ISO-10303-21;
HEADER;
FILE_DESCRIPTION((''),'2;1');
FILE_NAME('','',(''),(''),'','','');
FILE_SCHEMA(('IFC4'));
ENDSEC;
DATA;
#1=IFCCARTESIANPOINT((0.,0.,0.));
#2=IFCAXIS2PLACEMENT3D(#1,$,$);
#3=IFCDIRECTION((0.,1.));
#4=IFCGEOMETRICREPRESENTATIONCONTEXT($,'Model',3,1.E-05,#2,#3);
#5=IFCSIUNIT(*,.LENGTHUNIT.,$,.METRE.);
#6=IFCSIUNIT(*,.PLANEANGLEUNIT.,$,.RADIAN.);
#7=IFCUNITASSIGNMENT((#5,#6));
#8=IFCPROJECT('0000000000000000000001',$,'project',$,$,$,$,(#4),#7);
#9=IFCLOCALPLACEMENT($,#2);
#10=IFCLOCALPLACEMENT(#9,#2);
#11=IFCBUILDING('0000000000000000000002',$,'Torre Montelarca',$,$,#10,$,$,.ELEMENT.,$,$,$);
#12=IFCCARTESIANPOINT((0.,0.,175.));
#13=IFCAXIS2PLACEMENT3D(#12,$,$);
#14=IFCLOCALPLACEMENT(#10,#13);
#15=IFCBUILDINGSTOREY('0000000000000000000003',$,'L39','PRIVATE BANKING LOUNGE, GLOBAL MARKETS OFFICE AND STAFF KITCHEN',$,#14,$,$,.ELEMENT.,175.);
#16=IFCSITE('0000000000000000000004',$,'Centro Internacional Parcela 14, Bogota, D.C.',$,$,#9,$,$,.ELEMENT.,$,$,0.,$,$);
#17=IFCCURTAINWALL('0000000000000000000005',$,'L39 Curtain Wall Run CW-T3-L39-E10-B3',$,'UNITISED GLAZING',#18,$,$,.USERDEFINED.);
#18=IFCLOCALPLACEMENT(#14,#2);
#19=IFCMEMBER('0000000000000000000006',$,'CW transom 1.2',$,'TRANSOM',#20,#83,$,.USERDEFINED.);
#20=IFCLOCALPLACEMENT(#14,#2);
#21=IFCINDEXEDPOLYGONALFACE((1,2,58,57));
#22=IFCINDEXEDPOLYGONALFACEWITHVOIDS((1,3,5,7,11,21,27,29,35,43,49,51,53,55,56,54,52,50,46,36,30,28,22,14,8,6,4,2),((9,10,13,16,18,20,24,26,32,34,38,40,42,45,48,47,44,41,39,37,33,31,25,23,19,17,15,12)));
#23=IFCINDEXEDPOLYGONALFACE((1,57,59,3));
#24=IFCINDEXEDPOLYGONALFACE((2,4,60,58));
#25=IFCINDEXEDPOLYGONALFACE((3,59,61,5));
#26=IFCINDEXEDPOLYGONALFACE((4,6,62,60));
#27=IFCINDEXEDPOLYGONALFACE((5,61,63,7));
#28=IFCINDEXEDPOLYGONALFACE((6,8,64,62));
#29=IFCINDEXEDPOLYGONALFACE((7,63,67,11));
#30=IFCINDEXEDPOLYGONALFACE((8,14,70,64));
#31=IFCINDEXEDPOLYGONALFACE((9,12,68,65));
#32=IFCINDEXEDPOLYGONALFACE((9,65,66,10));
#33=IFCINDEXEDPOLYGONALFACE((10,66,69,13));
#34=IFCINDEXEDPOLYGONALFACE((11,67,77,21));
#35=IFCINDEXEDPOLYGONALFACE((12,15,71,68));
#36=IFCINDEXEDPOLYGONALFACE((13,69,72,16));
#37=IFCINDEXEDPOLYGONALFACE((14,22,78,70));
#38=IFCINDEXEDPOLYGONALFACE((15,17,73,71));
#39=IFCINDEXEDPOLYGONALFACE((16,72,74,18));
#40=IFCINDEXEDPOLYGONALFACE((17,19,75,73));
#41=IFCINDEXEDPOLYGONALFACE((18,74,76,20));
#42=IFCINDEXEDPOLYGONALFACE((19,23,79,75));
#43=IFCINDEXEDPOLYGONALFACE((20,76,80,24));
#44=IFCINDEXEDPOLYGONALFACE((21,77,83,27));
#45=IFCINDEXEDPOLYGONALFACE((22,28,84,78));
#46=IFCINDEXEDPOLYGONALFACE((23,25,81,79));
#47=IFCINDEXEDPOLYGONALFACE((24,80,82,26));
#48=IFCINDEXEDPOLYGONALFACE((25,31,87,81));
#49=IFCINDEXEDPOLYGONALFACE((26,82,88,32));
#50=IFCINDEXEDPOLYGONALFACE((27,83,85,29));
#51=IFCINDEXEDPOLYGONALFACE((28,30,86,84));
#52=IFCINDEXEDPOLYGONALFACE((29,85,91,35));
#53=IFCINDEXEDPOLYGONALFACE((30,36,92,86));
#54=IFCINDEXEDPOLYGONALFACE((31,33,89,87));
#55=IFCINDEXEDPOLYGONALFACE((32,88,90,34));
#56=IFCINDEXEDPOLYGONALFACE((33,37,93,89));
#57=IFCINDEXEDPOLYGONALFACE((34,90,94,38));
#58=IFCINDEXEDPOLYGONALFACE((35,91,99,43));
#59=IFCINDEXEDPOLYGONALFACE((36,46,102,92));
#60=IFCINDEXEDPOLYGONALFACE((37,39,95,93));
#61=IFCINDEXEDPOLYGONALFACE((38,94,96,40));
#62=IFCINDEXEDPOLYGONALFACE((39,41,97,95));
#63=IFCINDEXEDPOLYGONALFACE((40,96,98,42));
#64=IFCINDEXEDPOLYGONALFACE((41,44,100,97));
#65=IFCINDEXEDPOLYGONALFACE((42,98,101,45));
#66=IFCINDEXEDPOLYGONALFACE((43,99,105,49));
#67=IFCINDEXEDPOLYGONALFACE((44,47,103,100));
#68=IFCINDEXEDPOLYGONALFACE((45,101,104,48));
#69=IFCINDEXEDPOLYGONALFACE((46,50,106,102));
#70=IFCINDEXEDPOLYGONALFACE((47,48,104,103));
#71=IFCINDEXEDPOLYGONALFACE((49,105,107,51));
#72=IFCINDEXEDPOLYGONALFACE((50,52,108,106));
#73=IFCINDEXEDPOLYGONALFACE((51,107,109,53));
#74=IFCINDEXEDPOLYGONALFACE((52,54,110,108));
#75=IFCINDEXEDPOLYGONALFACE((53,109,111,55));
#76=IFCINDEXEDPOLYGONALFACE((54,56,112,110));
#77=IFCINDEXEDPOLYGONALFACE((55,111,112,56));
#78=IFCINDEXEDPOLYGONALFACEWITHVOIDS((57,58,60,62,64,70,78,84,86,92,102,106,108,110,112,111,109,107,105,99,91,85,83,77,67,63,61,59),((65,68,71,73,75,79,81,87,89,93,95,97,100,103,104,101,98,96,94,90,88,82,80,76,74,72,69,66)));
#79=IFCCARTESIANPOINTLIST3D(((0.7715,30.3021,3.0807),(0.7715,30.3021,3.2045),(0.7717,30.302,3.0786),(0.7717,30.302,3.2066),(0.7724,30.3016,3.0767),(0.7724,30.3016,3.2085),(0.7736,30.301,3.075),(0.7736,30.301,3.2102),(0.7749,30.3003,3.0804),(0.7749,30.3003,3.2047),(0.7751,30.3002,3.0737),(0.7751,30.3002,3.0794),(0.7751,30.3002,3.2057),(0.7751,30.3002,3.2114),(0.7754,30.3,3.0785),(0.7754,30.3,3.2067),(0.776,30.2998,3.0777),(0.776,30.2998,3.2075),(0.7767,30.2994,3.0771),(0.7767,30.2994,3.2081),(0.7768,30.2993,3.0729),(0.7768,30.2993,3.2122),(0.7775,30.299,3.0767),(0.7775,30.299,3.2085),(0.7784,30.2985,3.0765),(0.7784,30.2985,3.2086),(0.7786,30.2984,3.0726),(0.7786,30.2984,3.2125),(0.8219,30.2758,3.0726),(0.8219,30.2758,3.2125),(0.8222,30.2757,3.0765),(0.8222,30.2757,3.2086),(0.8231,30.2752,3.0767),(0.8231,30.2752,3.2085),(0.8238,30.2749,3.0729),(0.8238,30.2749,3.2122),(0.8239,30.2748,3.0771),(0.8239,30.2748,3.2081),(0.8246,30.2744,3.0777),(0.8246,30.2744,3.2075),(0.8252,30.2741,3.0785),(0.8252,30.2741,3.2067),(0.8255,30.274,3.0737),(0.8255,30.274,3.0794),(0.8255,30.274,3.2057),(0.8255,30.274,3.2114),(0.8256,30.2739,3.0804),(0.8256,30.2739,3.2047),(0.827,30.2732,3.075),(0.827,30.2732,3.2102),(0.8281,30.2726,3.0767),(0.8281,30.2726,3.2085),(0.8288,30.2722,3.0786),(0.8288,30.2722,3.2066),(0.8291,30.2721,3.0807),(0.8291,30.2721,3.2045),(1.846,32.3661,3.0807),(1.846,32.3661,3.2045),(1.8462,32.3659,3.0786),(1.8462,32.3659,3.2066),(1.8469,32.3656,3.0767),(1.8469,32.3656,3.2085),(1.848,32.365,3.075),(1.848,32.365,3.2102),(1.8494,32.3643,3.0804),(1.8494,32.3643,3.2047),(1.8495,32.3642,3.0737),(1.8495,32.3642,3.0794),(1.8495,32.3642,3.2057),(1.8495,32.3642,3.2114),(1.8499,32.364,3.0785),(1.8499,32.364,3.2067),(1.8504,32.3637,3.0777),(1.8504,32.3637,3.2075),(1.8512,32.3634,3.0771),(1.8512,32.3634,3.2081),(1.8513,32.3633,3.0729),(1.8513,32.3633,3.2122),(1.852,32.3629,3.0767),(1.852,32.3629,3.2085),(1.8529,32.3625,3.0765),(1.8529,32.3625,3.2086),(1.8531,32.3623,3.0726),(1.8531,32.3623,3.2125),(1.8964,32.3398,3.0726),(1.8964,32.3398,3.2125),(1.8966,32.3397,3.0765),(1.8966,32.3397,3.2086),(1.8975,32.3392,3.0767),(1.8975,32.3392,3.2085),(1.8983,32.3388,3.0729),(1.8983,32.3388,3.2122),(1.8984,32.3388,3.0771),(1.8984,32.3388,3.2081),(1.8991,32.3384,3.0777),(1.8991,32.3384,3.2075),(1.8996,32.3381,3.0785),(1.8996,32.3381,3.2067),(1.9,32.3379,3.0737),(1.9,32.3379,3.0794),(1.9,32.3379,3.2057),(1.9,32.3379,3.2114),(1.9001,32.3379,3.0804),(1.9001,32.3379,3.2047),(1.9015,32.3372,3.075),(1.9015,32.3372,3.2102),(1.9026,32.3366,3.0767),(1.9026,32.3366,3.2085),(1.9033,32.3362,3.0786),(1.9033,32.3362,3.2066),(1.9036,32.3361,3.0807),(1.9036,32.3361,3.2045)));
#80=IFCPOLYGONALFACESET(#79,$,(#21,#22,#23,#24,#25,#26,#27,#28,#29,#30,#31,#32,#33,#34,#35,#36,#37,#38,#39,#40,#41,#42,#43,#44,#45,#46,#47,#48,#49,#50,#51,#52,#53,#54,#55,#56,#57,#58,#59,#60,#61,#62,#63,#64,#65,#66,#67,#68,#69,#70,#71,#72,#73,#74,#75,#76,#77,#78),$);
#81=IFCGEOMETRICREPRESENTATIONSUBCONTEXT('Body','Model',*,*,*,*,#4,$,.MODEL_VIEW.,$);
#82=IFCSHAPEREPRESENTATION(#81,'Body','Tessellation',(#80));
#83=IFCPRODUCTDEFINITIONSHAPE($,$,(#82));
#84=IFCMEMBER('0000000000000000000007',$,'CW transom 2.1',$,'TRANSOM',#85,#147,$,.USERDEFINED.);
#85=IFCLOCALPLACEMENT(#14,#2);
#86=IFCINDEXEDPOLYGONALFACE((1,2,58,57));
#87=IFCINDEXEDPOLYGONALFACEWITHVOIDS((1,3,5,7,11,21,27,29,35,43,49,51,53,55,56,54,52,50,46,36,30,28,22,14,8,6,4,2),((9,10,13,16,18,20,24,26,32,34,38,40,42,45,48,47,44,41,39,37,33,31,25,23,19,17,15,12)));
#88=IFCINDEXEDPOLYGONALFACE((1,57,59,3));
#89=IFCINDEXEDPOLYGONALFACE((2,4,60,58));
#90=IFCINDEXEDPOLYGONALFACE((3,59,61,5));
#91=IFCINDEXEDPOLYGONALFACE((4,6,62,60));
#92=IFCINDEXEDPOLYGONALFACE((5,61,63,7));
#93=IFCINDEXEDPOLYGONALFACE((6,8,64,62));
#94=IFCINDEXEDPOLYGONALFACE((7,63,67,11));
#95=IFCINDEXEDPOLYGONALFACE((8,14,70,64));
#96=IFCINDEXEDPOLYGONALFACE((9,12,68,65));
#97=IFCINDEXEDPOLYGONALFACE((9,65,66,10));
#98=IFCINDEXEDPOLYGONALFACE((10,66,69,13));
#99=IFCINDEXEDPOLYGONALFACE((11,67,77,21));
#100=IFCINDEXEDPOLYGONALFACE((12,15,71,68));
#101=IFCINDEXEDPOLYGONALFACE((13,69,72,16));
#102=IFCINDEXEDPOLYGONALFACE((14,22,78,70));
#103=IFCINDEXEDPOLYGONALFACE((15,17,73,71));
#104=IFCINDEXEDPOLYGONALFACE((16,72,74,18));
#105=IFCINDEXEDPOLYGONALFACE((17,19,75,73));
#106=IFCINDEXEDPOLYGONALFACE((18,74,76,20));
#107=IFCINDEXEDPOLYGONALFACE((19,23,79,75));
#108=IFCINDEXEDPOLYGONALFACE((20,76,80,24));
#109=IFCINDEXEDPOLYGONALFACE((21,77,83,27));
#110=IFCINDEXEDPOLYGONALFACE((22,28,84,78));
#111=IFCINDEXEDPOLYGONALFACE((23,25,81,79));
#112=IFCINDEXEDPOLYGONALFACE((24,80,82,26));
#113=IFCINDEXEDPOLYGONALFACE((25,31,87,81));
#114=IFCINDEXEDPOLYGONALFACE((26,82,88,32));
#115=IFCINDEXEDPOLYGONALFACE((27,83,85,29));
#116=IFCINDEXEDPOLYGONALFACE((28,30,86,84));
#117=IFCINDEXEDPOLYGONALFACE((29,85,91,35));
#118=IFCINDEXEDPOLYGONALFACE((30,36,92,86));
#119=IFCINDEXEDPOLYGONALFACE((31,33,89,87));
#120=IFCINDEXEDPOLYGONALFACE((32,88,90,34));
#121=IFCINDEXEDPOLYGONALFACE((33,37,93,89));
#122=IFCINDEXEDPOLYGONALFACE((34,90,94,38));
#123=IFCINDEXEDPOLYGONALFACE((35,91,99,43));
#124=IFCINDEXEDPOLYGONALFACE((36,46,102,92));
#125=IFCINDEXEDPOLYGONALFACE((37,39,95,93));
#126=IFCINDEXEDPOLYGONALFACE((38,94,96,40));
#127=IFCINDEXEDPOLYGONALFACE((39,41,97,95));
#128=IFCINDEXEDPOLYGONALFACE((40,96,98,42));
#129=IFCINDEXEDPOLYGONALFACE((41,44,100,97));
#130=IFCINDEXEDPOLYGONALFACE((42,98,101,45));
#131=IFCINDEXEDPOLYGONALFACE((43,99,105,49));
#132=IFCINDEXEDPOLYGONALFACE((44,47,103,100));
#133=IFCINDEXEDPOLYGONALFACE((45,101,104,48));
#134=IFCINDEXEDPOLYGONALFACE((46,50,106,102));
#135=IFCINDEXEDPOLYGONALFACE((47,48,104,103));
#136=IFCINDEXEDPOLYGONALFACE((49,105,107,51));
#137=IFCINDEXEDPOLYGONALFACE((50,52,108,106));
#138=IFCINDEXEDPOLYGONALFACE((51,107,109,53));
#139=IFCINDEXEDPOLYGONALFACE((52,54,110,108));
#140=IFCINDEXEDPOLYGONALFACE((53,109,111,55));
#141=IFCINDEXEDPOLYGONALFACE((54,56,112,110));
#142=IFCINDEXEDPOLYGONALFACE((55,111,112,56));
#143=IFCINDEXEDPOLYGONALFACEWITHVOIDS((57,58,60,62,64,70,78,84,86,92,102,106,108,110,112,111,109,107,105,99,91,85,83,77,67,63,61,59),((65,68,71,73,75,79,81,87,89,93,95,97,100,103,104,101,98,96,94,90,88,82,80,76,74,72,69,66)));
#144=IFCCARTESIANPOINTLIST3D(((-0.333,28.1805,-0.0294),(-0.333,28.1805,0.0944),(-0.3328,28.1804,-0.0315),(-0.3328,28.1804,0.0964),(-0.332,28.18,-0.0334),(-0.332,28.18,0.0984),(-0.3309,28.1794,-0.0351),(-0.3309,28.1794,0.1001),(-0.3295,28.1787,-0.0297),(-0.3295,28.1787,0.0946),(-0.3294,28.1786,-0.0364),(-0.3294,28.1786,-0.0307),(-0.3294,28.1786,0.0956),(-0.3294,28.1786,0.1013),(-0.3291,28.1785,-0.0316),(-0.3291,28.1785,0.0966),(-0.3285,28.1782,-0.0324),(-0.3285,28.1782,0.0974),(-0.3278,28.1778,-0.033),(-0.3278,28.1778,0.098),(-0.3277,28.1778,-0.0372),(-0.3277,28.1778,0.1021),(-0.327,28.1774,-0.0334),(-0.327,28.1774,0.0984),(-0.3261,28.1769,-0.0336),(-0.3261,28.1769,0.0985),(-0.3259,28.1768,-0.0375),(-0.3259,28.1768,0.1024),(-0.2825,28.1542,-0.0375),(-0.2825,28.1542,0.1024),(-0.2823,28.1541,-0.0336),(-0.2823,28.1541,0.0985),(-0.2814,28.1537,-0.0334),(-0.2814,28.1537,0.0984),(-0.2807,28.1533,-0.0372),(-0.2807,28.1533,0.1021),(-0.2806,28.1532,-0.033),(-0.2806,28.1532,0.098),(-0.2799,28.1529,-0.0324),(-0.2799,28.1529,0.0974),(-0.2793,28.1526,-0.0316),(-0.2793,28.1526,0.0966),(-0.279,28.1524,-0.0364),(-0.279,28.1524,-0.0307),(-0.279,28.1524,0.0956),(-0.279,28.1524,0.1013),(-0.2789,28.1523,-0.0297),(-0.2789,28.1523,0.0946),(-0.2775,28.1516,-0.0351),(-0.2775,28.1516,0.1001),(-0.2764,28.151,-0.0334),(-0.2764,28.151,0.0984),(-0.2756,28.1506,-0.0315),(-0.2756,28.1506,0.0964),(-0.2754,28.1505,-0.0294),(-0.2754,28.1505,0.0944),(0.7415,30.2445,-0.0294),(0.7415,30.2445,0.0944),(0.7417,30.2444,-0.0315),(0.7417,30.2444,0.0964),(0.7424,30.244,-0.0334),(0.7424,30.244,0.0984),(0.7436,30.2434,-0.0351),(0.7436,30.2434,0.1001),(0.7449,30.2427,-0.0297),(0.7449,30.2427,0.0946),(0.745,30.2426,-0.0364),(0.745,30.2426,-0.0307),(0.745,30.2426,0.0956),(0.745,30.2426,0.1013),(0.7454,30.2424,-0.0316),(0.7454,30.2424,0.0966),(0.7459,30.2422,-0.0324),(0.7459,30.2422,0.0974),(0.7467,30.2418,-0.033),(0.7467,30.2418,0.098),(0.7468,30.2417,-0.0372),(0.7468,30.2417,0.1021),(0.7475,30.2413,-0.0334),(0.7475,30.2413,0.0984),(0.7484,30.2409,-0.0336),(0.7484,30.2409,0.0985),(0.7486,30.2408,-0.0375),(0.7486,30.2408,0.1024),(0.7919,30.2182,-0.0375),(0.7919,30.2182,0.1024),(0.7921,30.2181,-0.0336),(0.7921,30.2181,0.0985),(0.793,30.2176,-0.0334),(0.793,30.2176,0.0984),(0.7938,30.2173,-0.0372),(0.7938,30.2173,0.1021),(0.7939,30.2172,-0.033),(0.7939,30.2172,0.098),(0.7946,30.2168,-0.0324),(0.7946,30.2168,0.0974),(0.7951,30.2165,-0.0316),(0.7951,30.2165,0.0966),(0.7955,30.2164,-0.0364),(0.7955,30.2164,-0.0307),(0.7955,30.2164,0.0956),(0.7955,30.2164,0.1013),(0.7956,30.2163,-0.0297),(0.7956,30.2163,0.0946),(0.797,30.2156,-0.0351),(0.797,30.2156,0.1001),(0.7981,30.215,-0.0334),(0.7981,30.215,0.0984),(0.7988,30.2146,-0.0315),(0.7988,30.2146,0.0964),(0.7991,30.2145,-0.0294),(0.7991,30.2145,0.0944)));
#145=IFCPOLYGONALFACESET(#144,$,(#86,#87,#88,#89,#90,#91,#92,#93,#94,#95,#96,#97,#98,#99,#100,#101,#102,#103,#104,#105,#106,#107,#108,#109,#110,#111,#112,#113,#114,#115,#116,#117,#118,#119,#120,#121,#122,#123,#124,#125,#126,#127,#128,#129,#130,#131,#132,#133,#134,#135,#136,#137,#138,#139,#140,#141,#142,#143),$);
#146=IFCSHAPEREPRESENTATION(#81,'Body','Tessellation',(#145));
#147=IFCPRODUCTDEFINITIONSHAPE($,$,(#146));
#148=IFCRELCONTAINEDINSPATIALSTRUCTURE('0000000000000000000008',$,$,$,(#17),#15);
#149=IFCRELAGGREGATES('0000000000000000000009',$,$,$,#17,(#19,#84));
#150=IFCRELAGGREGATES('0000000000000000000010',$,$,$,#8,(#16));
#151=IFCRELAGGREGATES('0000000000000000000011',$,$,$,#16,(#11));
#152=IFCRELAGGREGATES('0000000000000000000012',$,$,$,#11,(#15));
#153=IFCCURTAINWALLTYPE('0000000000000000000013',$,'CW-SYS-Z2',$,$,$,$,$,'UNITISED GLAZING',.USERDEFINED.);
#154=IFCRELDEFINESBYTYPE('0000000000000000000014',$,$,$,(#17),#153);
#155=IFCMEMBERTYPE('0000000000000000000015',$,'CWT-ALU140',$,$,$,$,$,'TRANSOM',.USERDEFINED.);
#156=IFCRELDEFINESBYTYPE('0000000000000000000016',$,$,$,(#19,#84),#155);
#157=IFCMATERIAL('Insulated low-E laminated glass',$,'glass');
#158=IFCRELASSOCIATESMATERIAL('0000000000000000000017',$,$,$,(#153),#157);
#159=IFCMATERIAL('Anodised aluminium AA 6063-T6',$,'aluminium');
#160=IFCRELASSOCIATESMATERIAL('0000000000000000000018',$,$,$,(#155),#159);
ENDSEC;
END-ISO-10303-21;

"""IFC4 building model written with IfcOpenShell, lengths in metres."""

from ifc_helpers import new_model, si_unit, direction, frame, origin, origin_2d, place, context, subcontext, project, spatial, hollow_rectangle, extrude, source, transform, mapped, material, material_profile, profile_set, type_object, element, aggregate, save


model = new_model("IFC4")

# Units and contexts
model_context = context("Model", 3, precision=1e-05, world=origin(), true_north=direction((0.0, 1.0)))
body_context = subcontext(model_context, "Body", "Model", "MODEL_VIEW")
ifc_project = project(units=[si_unit("LENGTHUNIT", "METRE"), si_unit("PLANEANGLEUNIT", "RADIAN")], contexts=[model_context])

# Site, building, storey
site_placement = place(None, origin())
site = spatial("IfcSite", under=ifc_project, at=site_placement, Name="Centro Internacional Parcela 14, Bogota, D.C.", CompositionType="ELEMENT", RefElevation=0.0)
building_placement = place(site_placement, origin())
building = spatial("IfcBuilding", under=site, at=building_placement, Name="Torre Montelarca", CompositionType="ELEMENT")
storey_placement = place(building_placement, frame((0.0, 0.0, 175.0)))
storey = spatial("IfcBuildingStorey", under=building, at=storey_placement, Name="L39", Description="PRIVATE BANKING LOUNGE, GLOBAL MARKETS OFFICE AND STAFF KITCHEN", CompositionType="ELEMENT", Elevation=175.0)

# Curtain wall, members
ifc_material_1 = material(Name="Insulated low-E laminated glass", Category="glass")
curtain_wall_type = type_object("IfcCurtainWallType", Name="CW-SYS-Z2", ElementType="UNITISED GLAZING", PredefinedType="USERDEFINED", material=ifc_material_1)
ifc_material_2 = material(Name="Anodised aluminium AA 6063-T6", Category="aluminium")
curtain_wall_1_placement = place(storey_placement, origin())
curtain_wall_1 = element("IfcCurtainWall", 1, at=curtain_wall_1_placement, inside=storey, type_object=curtain_wall_type, Name="L39 Curtain Wall Run CW-T3-L39-E10-B3", ObjectType="UNITISED GLAZING", PredefinedType="USERDEFINED")
ifc_material_profile_1 = material_profile(ifc_material_2, hollow_rectangle(XDim=0.0649, YDim=0.1399, WallThickness=0.0039, InnerFilletRadius=0.0039, OuterFilletRadius=0.0081, at=origin_2d()), Name="ALU65X140X4", Category="aluminium")
ifc_profile_set_1 = profile_set([ifc_material_profile_1], Name="Anodised aluminium AA 6063-T6")
member_type_1 = type_object("IfcMemberType", Name="CWT-ALU140", ElementType="TRANSOM", PredefinedType="USERDEFINED", material=ifc_profile_set_1)
shared_shape_1 = source(origin(), body_context, "Body", "SweptSolid", [
    extrude(hollow_rectangle(XDim=0.0649, YDim=0.1399, WallThickness=0.0039, InnerFilletRadius=0.0039, OuterFilletRadius=0.0081, at=origin_2d()), origin(), (0.0, 0.0, 1.0), 2.3269),
])
member_1_placement = place(storey_placement, frame((1.8748, 32.3511, 3.1426), z_axis=(-0.461759, -0.887005, 0.0), x_axis=(0.887005, -0.461759, 0.0)))
member_1 = element("IfcMember", 2, at=member_1_placement, type_object=member_type_1, Name="CW transom 1.2", ObjectType="TRANSOM", PredefinedType="USERDEFINED", context=body_context, shape_type="MappedRepresentation", body=[
    mapped(shared_shape_1, transform((0.0, 0.0, 0.0), scale=1.0)),
])
member_2_placement = place(storey_placement, frame((0.7703, 30.2295, 0.0325), z_axis=(-0.461759, -0.887005, 0.0), x_axis=(0.887005, -0.461759, 0.0)))
member_2 = element("IfcMember", 3, at=member_2_placement, type_object=member_type_1, Name="CW transom 2.1", ObjectType="TRANSOM", PredefinedType="USERDEFINED", context=body_context, shape_type="MappedRepresentation", body=[
    mapped(shared_shape_1, transform((0.0, 0.0, 0.0), scale=1.0)),
])

aggregate(curtain_wall_1, [member_1, member_2])

save(model, "model.ifc")
